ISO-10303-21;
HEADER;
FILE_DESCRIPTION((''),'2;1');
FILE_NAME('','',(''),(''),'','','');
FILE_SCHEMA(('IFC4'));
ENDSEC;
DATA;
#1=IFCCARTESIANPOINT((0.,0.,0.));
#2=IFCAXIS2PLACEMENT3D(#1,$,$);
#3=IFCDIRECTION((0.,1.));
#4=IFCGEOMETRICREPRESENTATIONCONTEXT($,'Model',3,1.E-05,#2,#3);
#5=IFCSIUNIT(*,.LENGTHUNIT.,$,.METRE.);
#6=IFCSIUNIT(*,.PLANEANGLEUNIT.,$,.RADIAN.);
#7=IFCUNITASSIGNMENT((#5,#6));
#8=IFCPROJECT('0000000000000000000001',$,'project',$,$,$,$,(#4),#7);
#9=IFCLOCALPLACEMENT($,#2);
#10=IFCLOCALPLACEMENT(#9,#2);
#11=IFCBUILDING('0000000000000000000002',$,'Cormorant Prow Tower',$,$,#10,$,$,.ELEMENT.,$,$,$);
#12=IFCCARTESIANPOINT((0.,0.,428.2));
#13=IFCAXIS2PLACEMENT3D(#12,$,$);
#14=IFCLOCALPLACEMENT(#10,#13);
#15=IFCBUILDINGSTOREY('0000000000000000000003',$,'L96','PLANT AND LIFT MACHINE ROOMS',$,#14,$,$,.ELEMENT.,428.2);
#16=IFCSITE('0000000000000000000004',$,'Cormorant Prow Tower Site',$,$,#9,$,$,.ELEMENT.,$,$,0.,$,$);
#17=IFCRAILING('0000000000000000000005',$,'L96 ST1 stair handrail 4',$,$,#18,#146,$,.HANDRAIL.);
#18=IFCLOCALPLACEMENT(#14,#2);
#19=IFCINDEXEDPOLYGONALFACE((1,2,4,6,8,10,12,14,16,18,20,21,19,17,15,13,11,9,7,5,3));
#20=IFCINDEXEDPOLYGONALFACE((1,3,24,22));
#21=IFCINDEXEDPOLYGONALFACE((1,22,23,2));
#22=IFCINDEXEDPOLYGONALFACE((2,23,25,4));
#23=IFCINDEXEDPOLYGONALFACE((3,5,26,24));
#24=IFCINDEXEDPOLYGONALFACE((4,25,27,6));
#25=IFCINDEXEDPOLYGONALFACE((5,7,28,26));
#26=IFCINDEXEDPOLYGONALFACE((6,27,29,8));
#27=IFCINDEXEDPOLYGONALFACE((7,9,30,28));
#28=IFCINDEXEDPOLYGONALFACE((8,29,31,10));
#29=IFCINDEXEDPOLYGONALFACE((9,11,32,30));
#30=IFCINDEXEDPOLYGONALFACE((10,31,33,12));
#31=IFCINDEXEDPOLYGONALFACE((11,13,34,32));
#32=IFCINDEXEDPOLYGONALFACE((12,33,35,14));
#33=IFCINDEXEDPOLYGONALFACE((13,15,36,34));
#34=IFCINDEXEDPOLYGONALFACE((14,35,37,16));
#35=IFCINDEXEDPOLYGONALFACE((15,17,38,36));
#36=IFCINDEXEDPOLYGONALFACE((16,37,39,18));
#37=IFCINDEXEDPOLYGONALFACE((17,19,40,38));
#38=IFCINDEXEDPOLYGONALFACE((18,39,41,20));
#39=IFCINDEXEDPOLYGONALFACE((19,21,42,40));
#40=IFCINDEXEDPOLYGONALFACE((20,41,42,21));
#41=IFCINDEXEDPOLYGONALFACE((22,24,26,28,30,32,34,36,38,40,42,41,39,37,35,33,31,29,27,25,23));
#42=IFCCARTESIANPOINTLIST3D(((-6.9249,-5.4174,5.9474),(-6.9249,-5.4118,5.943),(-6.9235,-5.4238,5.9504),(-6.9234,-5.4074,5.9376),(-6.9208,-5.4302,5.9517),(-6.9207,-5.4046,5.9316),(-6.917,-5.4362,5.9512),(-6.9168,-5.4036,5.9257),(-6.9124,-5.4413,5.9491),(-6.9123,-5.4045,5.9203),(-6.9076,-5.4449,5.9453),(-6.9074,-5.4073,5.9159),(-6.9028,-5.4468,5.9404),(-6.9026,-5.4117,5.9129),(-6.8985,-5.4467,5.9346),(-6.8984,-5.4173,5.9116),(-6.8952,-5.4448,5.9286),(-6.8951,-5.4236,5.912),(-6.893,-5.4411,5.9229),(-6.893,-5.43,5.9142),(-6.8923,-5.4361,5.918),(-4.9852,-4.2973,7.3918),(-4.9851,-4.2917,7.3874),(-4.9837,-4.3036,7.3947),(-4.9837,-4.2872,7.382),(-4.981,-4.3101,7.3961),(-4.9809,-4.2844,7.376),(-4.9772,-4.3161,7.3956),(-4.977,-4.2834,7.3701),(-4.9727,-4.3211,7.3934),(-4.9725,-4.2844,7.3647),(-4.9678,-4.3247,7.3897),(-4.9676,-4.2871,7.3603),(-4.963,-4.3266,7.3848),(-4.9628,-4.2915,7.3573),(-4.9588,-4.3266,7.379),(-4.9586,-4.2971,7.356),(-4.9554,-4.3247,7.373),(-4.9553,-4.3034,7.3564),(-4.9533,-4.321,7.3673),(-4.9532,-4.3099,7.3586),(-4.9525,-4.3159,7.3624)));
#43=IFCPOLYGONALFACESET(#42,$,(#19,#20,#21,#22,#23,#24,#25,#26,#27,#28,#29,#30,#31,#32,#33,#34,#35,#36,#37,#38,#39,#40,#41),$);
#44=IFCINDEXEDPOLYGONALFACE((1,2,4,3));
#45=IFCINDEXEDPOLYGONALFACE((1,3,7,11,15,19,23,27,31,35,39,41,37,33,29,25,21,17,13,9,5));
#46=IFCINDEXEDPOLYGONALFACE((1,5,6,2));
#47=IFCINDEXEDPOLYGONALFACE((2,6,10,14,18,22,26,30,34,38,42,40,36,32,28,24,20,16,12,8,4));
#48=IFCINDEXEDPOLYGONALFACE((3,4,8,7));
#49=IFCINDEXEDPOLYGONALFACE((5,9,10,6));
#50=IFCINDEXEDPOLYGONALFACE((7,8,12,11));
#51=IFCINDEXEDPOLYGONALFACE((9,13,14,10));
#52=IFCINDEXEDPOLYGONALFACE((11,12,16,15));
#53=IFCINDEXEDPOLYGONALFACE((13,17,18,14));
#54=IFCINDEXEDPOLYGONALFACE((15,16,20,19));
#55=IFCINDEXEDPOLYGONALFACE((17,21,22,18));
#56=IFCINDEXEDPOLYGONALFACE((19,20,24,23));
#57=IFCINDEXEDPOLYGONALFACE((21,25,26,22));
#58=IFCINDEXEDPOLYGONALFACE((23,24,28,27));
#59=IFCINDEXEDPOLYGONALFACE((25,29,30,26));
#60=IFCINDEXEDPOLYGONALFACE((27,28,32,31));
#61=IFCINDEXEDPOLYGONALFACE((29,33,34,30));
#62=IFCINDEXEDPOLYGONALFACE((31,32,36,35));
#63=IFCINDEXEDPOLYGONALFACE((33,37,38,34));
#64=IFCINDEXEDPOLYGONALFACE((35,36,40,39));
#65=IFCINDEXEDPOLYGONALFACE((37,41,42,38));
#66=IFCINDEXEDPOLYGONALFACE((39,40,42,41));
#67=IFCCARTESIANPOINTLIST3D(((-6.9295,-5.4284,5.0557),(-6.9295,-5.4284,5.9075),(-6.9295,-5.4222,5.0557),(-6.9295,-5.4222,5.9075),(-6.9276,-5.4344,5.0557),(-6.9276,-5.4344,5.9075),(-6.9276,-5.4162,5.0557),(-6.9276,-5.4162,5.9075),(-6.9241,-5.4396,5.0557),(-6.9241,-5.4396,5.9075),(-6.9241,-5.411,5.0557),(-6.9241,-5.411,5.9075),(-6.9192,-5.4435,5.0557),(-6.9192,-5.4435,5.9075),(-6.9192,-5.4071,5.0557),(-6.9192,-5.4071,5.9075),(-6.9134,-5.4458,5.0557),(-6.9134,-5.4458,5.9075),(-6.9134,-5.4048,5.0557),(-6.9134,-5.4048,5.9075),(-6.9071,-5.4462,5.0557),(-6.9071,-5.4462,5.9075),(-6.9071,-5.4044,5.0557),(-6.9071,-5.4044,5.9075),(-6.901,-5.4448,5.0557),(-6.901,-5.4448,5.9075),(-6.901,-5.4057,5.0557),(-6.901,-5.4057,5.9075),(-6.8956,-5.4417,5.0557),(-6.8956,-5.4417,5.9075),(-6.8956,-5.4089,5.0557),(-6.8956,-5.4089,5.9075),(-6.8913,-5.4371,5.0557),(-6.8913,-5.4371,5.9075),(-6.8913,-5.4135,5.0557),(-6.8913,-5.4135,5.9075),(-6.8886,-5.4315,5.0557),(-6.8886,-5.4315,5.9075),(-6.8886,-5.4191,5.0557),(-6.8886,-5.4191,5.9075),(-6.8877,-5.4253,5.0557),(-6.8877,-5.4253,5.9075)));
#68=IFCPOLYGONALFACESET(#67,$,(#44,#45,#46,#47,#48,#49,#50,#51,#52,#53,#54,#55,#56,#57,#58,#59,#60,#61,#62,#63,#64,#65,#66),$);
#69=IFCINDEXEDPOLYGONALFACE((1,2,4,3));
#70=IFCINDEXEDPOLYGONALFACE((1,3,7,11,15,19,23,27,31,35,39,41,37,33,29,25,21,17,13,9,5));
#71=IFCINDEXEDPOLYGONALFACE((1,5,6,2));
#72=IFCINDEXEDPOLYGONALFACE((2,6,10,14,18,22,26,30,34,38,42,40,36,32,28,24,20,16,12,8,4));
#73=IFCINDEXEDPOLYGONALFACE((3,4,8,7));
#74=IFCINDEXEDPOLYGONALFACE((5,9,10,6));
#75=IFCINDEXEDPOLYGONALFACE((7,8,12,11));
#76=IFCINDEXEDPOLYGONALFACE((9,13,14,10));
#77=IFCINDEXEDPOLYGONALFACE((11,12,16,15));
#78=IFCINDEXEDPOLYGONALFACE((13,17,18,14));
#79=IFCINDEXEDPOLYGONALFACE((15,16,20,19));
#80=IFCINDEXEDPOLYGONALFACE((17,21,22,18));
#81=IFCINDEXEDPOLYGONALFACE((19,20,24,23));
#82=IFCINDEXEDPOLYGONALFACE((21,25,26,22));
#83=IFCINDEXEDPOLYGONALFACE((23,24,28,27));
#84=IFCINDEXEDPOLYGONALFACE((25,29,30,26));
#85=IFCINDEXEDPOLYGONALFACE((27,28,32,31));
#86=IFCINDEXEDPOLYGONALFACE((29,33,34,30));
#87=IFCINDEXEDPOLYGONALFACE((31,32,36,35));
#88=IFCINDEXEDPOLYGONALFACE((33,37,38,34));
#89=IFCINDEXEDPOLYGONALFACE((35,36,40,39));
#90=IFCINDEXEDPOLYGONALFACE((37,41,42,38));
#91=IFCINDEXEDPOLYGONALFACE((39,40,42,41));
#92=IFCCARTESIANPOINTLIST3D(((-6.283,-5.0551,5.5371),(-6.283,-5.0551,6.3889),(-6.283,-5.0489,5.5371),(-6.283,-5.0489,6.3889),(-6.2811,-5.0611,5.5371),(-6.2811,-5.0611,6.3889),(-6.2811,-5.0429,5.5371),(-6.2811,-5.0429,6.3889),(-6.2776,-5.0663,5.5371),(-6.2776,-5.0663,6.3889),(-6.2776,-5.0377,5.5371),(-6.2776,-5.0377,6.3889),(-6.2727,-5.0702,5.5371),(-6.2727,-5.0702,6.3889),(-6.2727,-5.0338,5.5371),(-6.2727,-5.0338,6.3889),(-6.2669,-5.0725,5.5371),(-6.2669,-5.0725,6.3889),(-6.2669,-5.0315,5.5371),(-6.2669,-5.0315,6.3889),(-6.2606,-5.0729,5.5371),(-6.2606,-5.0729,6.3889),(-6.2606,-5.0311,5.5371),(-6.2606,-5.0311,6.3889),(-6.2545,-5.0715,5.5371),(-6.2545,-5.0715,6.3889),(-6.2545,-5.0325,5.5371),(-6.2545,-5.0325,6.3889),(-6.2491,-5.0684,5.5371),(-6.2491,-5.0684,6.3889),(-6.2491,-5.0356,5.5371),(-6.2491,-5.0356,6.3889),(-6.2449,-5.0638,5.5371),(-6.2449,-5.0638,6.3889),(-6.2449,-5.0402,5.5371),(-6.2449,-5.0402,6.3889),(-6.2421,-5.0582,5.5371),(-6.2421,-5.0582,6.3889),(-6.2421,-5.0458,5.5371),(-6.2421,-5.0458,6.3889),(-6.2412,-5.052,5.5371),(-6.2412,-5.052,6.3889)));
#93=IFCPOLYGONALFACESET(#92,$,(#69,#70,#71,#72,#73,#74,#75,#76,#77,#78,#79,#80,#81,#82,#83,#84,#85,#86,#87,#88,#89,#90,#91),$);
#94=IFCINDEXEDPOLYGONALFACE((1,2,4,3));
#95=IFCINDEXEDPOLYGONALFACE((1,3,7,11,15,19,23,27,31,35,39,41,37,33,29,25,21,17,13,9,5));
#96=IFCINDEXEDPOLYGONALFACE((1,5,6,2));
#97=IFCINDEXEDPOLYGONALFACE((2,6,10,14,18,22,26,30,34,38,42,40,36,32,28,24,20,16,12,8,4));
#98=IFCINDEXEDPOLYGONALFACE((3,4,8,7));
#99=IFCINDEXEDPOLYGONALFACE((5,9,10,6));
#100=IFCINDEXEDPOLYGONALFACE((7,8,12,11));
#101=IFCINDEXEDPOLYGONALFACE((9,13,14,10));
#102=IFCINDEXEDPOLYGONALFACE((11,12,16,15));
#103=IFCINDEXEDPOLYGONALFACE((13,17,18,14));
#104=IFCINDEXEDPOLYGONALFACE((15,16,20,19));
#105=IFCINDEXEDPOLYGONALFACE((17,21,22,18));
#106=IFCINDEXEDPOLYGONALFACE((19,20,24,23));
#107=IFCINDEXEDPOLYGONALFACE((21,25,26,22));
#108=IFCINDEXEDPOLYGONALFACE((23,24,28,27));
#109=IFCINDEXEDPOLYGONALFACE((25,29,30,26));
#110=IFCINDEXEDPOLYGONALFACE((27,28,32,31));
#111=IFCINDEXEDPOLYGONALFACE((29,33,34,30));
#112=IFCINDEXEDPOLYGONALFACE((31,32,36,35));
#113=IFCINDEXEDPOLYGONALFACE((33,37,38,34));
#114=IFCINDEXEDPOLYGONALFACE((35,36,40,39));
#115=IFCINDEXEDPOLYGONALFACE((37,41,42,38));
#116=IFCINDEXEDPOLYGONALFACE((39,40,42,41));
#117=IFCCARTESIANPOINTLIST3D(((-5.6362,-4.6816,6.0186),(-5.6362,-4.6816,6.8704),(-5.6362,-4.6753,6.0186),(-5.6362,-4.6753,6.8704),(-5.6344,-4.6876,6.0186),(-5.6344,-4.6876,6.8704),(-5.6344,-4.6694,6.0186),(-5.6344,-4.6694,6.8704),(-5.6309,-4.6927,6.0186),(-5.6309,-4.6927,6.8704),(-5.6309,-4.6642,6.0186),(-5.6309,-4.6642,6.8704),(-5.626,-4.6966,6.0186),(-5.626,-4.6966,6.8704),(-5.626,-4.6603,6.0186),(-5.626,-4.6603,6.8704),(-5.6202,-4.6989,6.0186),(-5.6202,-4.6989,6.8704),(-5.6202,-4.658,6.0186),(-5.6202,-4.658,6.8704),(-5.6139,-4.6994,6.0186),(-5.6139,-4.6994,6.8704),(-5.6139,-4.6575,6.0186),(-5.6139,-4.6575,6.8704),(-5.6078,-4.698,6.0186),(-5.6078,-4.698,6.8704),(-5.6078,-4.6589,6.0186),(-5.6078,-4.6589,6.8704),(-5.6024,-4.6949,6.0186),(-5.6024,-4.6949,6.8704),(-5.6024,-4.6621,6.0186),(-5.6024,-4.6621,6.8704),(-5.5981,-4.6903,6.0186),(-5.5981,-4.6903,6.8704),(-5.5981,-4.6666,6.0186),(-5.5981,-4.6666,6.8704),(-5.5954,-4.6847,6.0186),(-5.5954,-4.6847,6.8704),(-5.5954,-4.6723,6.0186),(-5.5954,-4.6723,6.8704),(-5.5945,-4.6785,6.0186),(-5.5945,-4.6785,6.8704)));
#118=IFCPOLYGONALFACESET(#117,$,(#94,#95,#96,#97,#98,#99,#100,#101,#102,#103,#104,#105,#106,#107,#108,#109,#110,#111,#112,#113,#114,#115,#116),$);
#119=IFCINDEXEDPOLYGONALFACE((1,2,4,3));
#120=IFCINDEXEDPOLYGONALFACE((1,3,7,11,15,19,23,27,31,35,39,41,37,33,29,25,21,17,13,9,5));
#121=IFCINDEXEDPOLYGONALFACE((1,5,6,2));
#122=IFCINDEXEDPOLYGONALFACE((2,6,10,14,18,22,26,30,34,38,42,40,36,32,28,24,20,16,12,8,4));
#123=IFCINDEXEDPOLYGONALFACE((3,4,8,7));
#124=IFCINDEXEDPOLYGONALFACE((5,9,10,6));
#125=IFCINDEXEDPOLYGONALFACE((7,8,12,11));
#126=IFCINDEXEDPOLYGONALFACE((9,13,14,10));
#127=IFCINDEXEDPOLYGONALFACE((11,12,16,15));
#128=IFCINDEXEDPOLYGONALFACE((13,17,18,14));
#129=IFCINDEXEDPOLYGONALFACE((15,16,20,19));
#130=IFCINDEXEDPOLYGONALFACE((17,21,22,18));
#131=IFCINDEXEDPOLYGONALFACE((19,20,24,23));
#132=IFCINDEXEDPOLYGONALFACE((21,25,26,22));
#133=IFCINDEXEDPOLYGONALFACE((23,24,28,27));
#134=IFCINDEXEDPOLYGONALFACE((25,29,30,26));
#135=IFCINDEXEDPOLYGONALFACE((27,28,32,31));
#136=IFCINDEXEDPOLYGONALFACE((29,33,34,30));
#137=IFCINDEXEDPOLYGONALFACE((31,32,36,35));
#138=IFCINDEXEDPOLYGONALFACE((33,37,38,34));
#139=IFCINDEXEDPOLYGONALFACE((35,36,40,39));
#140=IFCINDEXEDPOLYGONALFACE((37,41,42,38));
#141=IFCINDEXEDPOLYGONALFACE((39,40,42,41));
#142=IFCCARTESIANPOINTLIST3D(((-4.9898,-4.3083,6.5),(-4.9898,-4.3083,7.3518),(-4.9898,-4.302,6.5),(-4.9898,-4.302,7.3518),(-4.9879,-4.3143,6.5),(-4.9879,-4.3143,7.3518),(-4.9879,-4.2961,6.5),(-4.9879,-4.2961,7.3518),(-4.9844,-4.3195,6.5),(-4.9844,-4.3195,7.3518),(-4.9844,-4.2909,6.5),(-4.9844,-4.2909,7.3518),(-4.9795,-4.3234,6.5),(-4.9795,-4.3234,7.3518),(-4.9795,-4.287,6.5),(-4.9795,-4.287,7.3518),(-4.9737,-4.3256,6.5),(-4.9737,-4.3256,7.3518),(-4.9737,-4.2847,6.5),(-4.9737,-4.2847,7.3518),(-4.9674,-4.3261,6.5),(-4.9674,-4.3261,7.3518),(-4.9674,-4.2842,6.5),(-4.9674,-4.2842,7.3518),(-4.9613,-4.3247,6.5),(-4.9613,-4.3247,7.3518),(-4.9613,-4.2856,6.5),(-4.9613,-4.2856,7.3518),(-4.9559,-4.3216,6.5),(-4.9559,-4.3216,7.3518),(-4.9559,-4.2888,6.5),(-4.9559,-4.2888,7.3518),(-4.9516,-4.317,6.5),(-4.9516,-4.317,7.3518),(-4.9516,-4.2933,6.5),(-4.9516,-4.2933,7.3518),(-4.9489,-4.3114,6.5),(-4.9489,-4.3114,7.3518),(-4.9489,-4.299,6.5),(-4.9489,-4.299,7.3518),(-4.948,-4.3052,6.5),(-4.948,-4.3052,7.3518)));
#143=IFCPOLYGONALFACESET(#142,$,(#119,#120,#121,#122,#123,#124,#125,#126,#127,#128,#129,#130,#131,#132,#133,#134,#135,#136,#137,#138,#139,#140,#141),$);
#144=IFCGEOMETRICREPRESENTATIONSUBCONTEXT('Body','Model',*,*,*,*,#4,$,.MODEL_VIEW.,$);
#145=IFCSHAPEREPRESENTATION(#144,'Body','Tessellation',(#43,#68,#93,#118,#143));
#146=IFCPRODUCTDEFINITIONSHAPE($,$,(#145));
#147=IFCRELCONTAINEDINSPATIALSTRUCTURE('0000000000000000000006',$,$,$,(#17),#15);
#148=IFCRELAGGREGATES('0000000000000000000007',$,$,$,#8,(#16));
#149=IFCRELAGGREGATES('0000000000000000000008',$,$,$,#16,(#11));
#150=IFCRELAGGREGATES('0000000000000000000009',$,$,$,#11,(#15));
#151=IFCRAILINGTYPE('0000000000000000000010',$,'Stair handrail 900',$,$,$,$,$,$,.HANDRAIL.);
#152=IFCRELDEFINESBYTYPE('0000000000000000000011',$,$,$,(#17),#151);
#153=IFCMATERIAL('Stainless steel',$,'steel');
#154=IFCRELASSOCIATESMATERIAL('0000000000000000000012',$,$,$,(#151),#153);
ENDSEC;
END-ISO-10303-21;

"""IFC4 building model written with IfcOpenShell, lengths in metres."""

from ifc_helpers import new_model, si_unit, direction, frame, origin, origin_2d, place, context, subcontext, project, spatial, circle, extrude, material, type_object, element, save


model = new_model("IFC4")

# Units and contexts
model_context = context("Model", 3, precision=1e-05, world=origin(), true_north=direction((0.0, 1.0)))
body_context = subcontext(model_context, "Body", "Model", "MODEL_VIEW")
ifc_project = project(units=[si_unit("LENGTHUNIT", "METRE"), si_unit("PLANEANGLEUNIT", "RADIAN")], contexts=[model_context])

# Site, building, storey
site_placement = place(None, origin())
site = spatial("IfcSite", under=ifc_project, at=site_placement, Name="Cormorant Prow Tower Site", CompositionType="ELEMENT", RefElevation=0.0)
building_placement = place(site_placement, origin())
building = spatial("IfcBuilding", under=site, at=building_placement, Name="Cormorant Prow Tower", CompositionType="ELEMENT")
storey_placement = place(building_placement, frame((0.0, 0.0, 428.2)))
storey = spatial("IfcBuildingStorey", under=building, at=storey_placement, Name="L96", Description="PLANT AND LIFT MACHINE ROOMS", CompositionType="ELEMENT", Elevation=428.2)

# Railing
ifc_material_1 = material(Name="Stainless steel", Category="steel")
railing_type_1 = type_object("IfcRailingType", Name="Stair handrail 900", PredefinedType="HANDRAIL", material=ifc_material_1)
railing_1_placement = place(storey_placement, frame((-6.9087, -5.4253, 5.0557)))
element("IfcRailing", 1, at=railing_1_placement, inside=storey, type_object=railing_type_1, Name="L96 ST1 stair handrail 4", PredefinedType="HANDRAIL", context=body_context, shape_type="SweptSolid", body=[
    extrude(circle(Radius=0.0239, at=origin_2d()), frame((0.0, 0.0, 0.876), z_axis=(0.727792, 0.420278, 0.541928), x_axis=(-0.500078, 0.86598, 0.0)), (0.0, 0.0, 1.0), 2.6653),
    extrude(circle(Radius=0.021, at=origin_2d()), origin(), (0.0, 0.0, 1.0), 0.8518),
    extrude(circle(Radius=0.021, at=origin_2d()), frame((0.6465, 0.3733, 0.4814)), (0.0, 0.0, 1.0), 0.8518),
    extrude(circle(Radius=0.021, at=origin_2d()), frame((1.2932, 0.7468, 0.9629)), (0.0, 0.0, 1.0), 0.8518),
    extrude(circle(Radius=0.021, at=origin_2d()), frame((1.9397, 1.1201, 1.4443)), (0.0, 0.0, 1.0), 0.8518),
])

save(model, "model.ifc")
